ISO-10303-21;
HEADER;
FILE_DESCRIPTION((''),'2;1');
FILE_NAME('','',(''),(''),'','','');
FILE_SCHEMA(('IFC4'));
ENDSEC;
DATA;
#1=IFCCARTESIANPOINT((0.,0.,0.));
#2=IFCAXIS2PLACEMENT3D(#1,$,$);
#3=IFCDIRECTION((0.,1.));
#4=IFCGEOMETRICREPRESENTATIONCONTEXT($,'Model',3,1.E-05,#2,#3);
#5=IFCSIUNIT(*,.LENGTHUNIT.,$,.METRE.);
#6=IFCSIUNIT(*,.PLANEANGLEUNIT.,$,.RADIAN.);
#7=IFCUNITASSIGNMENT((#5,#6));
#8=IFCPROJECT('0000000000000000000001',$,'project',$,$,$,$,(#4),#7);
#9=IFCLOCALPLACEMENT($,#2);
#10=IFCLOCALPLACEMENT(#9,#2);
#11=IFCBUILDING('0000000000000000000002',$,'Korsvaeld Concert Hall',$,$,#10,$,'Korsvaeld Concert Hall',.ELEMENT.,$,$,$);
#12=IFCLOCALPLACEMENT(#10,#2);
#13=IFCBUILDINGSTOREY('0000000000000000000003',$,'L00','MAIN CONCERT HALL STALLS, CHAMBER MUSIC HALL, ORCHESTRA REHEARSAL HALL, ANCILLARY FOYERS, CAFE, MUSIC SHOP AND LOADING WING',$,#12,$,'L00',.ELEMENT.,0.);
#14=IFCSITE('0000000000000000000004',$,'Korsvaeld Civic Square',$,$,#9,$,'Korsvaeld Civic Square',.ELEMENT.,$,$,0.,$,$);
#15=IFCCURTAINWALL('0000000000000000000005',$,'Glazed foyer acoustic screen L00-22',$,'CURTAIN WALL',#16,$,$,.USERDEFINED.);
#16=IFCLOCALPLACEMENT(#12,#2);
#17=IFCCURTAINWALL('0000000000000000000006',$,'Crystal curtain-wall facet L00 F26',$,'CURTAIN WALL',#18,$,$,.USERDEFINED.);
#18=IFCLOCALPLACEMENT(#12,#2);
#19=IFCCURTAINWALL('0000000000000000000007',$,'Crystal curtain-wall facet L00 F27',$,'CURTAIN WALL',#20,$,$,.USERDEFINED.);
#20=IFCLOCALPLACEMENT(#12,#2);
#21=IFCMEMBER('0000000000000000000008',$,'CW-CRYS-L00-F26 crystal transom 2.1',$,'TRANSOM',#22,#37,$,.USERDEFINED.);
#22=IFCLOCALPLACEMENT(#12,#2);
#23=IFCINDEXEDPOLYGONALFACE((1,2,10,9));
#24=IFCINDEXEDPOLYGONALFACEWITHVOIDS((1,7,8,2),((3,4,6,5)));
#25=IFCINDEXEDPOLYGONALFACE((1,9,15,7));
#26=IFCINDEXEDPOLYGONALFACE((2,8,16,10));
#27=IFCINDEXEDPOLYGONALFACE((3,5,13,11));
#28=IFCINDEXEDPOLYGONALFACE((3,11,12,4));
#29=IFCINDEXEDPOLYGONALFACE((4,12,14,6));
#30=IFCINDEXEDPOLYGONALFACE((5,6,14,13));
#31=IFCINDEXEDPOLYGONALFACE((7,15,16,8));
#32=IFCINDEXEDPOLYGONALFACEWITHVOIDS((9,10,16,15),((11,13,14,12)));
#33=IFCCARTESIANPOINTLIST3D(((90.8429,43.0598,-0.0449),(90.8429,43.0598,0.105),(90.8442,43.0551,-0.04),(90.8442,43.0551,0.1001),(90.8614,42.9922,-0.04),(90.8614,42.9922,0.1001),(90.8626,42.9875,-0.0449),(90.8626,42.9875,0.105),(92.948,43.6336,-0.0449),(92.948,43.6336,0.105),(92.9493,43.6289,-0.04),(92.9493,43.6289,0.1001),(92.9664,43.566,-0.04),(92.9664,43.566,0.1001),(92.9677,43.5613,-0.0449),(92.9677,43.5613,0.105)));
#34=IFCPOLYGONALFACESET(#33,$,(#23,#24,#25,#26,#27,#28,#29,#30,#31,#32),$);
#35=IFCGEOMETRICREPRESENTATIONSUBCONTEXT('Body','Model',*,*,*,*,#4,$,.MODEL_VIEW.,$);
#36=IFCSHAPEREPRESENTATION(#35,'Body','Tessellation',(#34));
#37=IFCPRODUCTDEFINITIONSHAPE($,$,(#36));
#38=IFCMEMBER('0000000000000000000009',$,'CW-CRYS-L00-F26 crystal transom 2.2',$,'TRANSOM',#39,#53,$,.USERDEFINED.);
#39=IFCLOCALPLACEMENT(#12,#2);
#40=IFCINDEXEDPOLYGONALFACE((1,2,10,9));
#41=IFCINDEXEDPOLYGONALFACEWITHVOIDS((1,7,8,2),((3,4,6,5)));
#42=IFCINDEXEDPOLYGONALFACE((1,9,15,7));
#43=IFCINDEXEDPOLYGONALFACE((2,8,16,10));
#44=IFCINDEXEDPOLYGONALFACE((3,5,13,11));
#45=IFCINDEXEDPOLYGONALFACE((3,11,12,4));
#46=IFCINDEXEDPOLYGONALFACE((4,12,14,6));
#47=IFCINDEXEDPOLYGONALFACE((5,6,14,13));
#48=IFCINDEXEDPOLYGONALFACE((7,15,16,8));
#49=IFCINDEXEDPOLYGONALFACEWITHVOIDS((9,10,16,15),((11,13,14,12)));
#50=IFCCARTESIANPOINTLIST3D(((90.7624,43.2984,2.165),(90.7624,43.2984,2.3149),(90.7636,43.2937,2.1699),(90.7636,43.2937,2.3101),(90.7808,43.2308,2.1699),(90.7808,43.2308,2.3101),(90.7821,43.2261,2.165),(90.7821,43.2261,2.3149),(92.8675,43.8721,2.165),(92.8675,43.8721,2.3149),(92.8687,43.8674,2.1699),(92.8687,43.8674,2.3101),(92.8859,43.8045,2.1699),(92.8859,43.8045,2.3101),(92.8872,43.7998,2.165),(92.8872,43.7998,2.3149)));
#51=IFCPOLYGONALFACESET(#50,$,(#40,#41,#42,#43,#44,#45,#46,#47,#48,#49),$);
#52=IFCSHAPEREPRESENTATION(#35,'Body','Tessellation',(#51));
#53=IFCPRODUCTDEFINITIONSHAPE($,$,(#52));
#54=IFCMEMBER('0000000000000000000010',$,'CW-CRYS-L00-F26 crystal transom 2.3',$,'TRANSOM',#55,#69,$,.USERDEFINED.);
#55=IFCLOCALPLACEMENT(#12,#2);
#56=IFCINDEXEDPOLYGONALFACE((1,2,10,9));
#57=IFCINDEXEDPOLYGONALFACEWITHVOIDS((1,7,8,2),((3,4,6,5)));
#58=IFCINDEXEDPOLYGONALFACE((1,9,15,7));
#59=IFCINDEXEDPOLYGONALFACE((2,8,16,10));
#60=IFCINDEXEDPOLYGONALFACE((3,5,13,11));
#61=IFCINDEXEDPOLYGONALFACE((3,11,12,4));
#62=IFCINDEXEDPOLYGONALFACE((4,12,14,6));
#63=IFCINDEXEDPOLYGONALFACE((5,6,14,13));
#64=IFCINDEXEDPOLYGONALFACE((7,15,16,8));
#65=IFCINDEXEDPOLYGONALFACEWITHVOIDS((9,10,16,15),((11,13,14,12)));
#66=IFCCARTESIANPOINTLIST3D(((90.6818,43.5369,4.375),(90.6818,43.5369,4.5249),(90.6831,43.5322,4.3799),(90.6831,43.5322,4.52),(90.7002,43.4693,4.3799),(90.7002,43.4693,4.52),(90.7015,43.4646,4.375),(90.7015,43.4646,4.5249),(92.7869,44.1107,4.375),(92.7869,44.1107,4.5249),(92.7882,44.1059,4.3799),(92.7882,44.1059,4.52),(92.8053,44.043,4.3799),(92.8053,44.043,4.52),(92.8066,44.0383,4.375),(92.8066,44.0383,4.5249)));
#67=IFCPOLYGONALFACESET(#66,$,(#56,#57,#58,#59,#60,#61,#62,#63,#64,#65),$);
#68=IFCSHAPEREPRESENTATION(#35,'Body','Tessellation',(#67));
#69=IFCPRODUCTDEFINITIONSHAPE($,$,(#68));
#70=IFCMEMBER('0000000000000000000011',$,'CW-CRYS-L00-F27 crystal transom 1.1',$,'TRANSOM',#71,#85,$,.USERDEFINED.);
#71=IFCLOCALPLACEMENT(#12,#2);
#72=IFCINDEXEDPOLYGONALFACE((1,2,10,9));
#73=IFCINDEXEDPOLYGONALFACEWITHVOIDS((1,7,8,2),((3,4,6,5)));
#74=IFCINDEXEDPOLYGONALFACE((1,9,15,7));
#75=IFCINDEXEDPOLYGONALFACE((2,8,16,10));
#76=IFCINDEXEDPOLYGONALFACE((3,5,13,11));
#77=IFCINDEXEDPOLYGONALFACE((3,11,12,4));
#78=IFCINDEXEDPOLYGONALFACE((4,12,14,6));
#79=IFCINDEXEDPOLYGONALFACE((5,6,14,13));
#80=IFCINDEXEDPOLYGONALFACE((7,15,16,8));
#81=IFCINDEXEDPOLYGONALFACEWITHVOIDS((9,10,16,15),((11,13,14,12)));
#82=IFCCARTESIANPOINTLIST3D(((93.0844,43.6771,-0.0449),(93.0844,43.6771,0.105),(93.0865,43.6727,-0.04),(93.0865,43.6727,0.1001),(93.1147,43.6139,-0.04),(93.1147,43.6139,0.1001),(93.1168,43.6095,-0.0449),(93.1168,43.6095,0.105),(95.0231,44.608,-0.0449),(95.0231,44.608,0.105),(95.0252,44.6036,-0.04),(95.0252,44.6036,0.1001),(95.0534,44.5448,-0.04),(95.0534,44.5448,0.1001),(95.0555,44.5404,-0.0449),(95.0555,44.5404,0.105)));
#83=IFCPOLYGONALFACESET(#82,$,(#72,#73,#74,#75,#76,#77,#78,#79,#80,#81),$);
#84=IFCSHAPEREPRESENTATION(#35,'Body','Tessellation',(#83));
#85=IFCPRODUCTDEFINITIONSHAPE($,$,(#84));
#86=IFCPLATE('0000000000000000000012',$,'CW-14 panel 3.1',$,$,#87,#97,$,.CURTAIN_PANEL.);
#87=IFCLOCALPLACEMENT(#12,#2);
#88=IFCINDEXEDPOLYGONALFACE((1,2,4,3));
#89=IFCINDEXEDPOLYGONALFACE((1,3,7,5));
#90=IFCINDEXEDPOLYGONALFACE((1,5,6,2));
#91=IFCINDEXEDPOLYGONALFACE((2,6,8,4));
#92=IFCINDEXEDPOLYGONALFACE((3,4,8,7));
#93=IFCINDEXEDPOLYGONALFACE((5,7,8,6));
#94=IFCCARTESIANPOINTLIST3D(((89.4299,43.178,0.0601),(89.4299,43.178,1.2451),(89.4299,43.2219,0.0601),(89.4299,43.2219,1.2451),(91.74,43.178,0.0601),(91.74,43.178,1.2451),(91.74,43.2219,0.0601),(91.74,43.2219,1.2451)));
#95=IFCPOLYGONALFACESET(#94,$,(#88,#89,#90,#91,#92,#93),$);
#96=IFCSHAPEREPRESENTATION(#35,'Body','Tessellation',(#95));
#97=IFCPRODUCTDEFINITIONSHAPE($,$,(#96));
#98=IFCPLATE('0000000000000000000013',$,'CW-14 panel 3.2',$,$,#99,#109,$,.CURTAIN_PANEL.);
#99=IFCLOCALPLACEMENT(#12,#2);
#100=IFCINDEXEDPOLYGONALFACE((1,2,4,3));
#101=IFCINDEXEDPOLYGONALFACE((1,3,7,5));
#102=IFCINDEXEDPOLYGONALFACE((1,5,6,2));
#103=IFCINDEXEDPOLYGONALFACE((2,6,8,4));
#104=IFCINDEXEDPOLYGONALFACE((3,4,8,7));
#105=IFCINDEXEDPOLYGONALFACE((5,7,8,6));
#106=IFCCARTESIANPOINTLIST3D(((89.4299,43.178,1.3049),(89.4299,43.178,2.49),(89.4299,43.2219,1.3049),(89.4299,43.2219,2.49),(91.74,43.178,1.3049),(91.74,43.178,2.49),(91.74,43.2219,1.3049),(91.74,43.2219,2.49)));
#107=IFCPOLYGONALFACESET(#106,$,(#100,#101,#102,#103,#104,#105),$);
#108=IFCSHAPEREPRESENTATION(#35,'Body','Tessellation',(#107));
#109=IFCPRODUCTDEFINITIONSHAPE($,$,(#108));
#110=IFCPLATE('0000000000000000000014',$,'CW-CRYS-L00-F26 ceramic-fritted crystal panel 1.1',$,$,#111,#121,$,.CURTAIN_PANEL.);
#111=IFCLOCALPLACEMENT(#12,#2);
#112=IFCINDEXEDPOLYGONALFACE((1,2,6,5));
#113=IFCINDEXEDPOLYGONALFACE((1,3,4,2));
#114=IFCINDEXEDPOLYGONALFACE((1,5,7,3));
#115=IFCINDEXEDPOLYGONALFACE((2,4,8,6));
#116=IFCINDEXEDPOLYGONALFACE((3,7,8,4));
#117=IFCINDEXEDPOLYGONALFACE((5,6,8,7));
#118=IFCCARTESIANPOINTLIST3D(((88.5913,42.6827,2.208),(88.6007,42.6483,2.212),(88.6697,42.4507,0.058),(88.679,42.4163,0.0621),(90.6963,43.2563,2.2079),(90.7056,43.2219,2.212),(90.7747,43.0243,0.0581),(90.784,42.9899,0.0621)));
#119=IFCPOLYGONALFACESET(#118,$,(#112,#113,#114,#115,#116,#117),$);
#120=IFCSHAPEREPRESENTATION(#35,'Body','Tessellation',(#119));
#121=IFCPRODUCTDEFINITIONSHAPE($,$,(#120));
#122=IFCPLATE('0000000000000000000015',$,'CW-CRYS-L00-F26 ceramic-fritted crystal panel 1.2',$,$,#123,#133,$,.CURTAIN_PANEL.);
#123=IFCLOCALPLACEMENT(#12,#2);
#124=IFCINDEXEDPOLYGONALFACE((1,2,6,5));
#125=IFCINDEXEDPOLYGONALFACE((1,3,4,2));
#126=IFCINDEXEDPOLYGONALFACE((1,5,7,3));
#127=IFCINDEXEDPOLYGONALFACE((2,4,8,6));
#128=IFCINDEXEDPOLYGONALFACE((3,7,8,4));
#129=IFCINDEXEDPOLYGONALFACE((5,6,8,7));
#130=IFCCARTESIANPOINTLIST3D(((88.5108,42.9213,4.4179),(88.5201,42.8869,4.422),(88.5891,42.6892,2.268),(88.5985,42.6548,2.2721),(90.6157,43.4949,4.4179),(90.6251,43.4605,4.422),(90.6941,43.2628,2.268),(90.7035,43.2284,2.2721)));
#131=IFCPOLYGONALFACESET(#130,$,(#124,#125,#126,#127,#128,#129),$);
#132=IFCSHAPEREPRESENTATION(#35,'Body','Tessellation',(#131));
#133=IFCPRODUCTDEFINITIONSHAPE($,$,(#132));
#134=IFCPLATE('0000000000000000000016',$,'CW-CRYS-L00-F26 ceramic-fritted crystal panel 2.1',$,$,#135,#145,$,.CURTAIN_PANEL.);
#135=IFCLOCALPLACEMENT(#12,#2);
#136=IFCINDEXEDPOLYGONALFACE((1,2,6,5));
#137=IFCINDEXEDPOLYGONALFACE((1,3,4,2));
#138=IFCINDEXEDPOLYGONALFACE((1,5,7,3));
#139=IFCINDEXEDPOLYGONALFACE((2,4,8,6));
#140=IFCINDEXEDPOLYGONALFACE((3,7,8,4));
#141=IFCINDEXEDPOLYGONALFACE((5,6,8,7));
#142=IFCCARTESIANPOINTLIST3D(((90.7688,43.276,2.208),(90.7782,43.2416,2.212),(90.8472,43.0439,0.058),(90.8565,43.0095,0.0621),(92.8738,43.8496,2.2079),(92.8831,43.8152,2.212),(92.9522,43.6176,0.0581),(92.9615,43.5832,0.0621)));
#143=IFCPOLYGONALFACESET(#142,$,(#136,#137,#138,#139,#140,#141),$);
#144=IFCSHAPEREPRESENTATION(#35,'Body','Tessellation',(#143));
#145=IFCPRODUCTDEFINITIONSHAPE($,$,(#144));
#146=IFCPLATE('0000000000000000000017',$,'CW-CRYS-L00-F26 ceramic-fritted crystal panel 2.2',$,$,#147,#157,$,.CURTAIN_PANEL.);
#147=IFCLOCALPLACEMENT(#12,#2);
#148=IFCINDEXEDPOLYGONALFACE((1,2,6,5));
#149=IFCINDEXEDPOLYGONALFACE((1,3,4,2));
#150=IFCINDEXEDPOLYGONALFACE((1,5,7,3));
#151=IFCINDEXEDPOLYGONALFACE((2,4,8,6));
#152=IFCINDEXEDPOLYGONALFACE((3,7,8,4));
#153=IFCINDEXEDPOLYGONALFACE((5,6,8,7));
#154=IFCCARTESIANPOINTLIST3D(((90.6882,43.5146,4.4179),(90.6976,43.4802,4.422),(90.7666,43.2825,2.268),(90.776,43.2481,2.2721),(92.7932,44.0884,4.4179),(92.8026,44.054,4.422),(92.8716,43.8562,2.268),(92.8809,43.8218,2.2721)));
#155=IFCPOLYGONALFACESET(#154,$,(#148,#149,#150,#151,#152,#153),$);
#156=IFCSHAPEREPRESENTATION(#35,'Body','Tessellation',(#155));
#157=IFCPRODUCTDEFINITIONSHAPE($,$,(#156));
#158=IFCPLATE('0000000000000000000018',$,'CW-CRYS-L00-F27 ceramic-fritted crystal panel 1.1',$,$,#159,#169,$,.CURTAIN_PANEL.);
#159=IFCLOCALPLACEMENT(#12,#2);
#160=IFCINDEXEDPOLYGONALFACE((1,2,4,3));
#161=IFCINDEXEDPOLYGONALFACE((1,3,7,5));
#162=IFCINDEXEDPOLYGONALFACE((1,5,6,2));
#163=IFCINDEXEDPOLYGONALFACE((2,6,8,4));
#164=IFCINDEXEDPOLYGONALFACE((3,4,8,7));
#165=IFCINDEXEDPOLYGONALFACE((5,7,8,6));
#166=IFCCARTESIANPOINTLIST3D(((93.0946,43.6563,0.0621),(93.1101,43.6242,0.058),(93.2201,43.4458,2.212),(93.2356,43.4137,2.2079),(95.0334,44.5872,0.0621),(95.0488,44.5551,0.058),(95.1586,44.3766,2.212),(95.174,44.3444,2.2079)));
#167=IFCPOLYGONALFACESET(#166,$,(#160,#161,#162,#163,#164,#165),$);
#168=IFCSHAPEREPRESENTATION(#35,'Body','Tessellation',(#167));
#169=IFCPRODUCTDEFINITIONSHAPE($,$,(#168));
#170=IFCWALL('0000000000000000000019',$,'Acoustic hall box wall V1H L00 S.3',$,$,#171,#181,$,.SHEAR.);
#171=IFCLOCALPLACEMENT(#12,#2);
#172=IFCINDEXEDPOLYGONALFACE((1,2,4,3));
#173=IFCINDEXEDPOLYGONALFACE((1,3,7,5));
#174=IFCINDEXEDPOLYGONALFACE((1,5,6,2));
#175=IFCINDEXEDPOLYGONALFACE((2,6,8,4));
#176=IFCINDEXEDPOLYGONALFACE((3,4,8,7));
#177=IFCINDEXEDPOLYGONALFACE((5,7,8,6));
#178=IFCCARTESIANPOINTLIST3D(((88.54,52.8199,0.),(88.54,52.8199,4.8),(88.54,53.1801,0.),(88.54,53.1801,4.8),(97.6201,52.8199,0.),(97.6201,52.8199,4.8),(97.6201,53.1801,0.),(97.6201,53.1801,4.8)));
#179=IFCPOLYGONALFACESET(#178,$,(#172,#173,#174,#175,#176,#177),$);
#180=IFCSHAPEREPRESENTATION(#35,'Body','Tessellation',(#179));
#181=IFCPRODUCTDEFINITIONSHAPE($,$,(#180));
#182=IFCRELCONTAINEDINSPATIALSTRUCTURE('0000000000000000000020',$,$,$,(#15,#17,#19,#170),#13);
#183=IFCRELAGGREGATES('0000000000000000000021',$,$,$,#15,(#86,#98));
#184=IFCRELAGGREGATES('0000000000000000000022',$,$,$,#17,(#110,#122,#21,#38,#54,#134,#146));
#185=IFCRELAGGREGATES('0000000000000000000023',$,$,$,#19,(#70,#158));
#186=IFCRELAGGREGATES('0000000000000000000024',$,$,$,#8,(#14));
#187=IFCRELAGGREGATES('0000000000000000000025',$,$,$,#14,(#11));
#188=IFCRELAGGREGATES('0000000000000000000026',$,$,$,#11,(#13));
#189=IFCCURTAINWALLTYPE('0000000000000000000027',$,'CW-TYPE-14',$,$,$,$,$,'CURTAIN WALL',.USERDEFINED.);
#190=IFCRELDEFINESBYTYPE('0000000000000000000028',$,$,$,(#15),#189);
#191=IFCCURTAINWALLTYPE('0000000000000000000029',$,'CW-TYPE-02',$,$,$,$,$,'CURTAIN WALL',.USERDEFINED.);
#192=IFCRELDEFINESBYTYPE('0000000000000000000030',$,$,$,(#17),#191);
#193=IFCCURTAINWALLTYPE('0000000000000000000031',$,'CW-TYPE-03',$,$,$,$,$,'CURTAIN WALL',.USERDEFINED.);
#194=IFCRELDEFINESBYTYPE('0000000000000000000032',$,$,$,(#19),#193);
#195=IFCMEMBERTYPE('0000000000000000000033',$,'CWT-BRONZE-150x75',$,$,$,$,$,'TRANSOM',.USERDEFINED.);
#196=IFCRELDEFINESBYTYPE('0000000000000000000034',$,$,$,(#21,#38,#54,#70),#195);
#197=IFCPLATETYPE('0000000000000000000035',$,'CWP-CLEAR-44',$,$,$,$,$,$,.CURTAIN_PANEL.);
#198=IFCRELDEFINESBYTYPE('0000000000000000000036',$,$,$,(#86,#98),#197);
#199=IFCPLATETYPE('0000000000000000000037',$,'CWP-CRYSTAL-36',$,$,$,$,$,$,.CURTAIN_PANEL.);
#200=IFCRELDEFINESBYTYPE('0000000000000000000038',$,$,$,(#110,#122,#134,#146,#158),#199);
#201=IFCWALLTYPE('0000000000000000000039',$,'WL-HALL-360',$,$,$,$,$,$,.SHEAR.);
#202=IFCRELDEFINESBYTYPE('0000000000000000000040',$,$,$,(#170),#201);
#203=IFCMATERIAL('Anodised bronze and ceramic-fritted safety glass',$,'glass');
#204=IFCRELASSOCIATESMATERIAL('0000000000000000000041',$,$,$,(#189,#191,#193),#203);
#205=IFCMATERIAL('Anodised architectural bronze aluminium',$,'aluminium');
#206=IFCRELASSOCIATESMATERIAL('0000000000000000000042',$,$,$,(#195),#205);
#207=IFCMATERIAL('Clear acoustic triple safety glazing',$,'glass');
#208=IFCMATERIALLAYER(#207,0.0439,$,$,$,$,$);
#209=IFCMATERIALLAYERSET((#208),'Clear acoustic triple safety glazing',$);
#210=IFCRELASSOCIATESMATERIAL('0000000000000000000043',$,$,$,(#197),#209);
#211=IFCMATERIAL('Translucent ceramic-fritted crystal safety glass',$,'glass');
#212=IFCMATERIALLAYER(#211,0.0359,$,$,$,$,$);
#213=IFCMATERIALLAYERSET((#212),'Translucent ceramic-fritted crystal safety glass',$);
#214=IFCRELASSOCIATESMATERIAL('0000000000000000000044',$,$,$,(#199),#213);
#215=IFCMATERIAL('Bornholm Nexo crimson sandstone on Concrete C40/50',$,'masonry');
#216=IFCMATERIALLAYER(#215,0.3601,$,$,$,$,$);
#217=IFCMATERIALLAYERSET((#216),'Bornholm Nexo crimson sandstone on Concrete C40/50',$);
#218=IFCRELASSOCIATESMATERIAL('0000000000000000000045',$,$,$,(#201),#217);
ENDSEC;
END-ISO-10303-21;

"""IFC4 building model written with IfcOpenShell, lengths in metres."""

from ifc_helpers import new_model, si_unit, direction, frame, frame_2d, origin, origin_2d, place, context, subcontext, project, spatial, polyline, rectangle, hollow_rectangle, outline, extrude, material, layer, layer_set, material_profile, profile_set, type_object, element, aggregate, save


model = new_model("IFC4")

# Units and contexts
model_context = context("Model", 3, precision=1e-05, world=origin(), true_north=direction((0.0, 1.0)))
body_context = subcontext(model_context, "Body", "Model", "MODEL_VIEW")
ifc_project = project(units=[si_unit("LENGTHUNIT", "METRE"), si_unit("PLANEANGLEUNIT", "RADIAN")], contexts=[model_context])

# Site, building, storey
site_placement = place(None, origin())
site = spatial("IfcSite", under=ifc_project, at=site_placement, Name="Korsvaeld Civic Square", LongName="Korsvaeld Civic Square", CompositionType="ELEMENT", RefElevation=0.0)
building_placement = place(site_placement, origin())
building = spatial("IfcBuilding", under=site, at=building_placement, Name="Korsvaeld Concert Hall", LongName="Korsvaeld Concert Hall", CompositionType="ELEMENT")
storey_placement = place(building_placement, origin())
storey = spatial("IfcBuildingStorey", under=building, at=storey_placement, Name="L00", Description="MAIN CONCERT HALL STALLS, CHAMBER MUSIC HALL, ORCHESTRA REHEARSAL HALL, ANCILLARY FOYERS, CAFE, MUSIC SHOP AND LOADING WING", LongName="L00", CompositionType="ELEMENT", Elevation=0.0)

# Curtain wall
ifc_material_1 = material(Name="Anodised bronze and ceramic-fritted safety glass", Category="glass")
curtain_wall_type_1 = type_object("IfcCurtainWallType", Name="CW-TYPE-14", ElementType="CURTAIN WALL", PredefinedType="USERDEFINED", material=ifc_material_1)
curtain_wall_1_placement = place(storey_placement, origin())
curtain_wall_1 = element("IfcCurtainWall", 1, at=curtain_wall_1_placement, inside=storey, type_object=curtain_wall_type_1, Name="Glazed foyer acoustic screen L00-22", ObjectType="CURTAIN WALL", PredefinedType="USERDEFINED")
ifc_material_2 = material(Name="Anodised architectural bronze aluminium", Category="aluminium")

# Curtain wall
curtain_wall_type_2 = type_object("IfcCurtainWallType", Name="CW-TYPE-02", ElementType="CURTAIN WALL", PredefinedType="USERDEFINED", material=ifc_material_1)
curtain_wall_2_placement = place(storey_placement, origin())
curtain_wall_2 = element("IfcCurtainWall", 2, at=curtain_wall_2_placement, inside=storey, type_object=curtain_wall_type_2, Name="Crystal curtain-wall facet L00 F26", ObjectType="CURTAIN WALL", PredefinedType="USERDEFINED")

# Curtain wall
curtain_wall_type_3 = type_object("IfcCurtainWallType", Name="CW-TYPE-03", ElementType="CURTAIN WALL", PredefinedType="USERDEFINED", material=ifc_material_1)
curtain_wall_3_placement = place(storey_placement, origin())
curtain_wall_3 = element("IfcCurtainWall", 3, at=curtain_wall_3_placement, inside=storey, type_object=curtain_wall_type_3, Name="Crystal curtain-wall facet L00 F27", ObjectType="CURTAIN WALL", PredefinedType="USERDEFINED")

# Members
ifc_material_profile_1 = material_profile(ifc_material_2, hollow_rectangle(XDim=0.075, YDim=0.1499, WallThickness=0.0049, at=origin_2d()), Name="CWT 150x75x5")
ifc_profile_set_1 = profile_set([ifc_material_profile_1], Name="Anodised architectural bronze aluminium")
member_type_1 = type_object("IfcMemberType", Name="CWT-BRONZE-150x75", ElementType="TRANSOM", PredefinedType="USERDEFINED", material=ifc_profile_set_1)
member_1_placement = place(storey_placement, frame((90.8528, 43.0237, 0.03), z_axis=(0.964805, 0.262966, 0.0), x_axis=(-0.262966, 0.964805, 0.0)))
member_1 = element("IfcMember", 4, at=member_1_placement, type_object=member_type_1, Name="CW-CRYS-L00-F26 crystal transom 2.1", ObjectType="TRANSOM", PredefinedType="USERDEFINED", context=body_context, shape_type="SweptSolid", body=[
    extrude(hollow_rectangle(XDim=0.075, YDim=0.1499, WallThickness=0.0049, at=origin_2d()), origin(), (0.0, 0.0, 1.0), 2.1819),
])
member_2_placement = place(storey_placement, frame((90.7722, 43.2622, 2.24), z_axis=(0.964805, 0.262966, 0.0), x_axis=(-0.262966, 0.964805, 0.0)))
member_2 = element("IfcMember", 5, at=member_2_placement, type_object=member_type_1, Name="CW-CRYS-L00-F26 crystal transom 2.2", ObjectType="TRANSOM", PredefinedType="USERDEFINED", context=body_context, shape_type="SweptSolid", body=[
    extrude(hollow_rectangle(XDim=0.075, YDim=0.1499, WallThickness=0.0049, at=origin_2d()), origin(), (0.0, 0.0, 1.0), 2.1819),
])
member_3_placement = place(storey_placement, frame((90.6917, 43.5007, 4.45), z_axis=(0.964805, 0.262966, 0.0), x_axis=(-0.262966, 0.964805, 0.0)))
member_3 = element("IfcMember", 6, at=member_3_placement, type_object=member_type_1, Name="CW-CRYS-L00-F26 crystal transom 2.3", ObjectType="TRANSOM", PredefinedType="USERDEFINED", context=body_context, shape_type="SweptSolid", body=[
    extrude(hollow_rectangle(XDim=0.075, YDim=0.1499, WallThickness=0.0049, at=origin_2d()), origin(), (0.0, 0.0, 1.0), 2.1819),
])
member_4_placement = place(storey_placement, frame((93.1006, 43.6433, 0.03), z_axis=(0.901465, 0.432853, 0.0), x_axis=(-0.432853, 0.901465, 0.0)))
member_4 = element("IfcMember", 7, at=member_4_placement, type_object=member_type_1, Name="CW-CRYS-L00-F27 crystal transom 1.1", ObjectType="TRANSOM", PredefinedType="USERDEFINED", context=body_context, shape_type="SweptSolid", body=[
    extrude(hollow_rectangle(XDim=0.075, YDim=0.1499, WallThickness=0.0049, at=origin_2d()), origin(), (0.0, 0.0, 1.0), 2.1506),
])

# Plates
ifc_material_3 = material(Name="Clear acoustic triple safety glazing", Category="glass")
ifc_layer_1 = layer(ifc_material_3, 0.0439)
ifc_layer_set_1 = layer_set([ifc_layer_1], Name="Clear acoustic triple safety glazing")
plate_type_1 = type_object("IfcPlateType", Name="CWP-CLEAR-44", PredefinedType="CURTAIN_PANEL", material=ifc_layer_set_1)
plate_1_placement = place(storey_placement, frame((90.585, 43.2, 0.0601), z_axis=(0.0, 0.0, 1.0), x_axis=(1.0, 0.0, 0.0)))
plate_1 = element("IfcPlate", 8, at=plate_1_placement, type_object=plate_type_1, Name="CW-14 panel 3.1", PredefinedType="CURTAIN_PANEL", context=body_context, shape_type="SweptSolid", body=[
    extrude(rectangle(XDim=2.3101, YDim=0.0439, at=origin_2d()), origin(), (0.0, 0.0, 1.0), 1.1851),
])
plate_2_placement = place(storey_placement, frame((90.585, 43.2, 1.3049), z_axis=(0.0, 0.0, 1.0), x_axis=(1.0, 0.0, 0.0)))
plate_2 = element("IfcPlate", 9, at=plate_2_placement, type_object=plate_type_1, Name="CW-14 panel 3.2", PredefinedType="CURTAIN_PANEL", context=body_context, shape_type="SweptSolid", body=[
    extrude(rectangle(XDim=2.3101, YDim=0.0439, at=origin_2d()), origin(), (0.0, 0.0, 1.0), 1.1851),
])
aggregate(curtain_wall_1, [plate_1, plate_2])
ifc_material_4 = material(Name="Translucent ceramic-fritted crystal safety glass", Category="glass")
ifc_layer_2 = layer(ifc_material_4, 0.0359)
ifc_layer_set_2 = layer_set([ifc_layer_2], Name="Translucent ceramic-fritted crystal safety glass")
plate_type_2 = type_object("IfcPlateType", Name="CWP-CRYSTAL-36", PredefinedType="CURTAIN_PANEL", material=ifc_layer_set_2)
plate_3_placement = place(storey_placement, frame((88.6743, 42.4336, 0.0601), z_axis=(0.26123, -0.95864, 0.112996), x_axis=(0.964819, 0.262914, 0.000006)))
plate_3 = element("IfcPlate", 10, at=plate_3_placement, type_object=plate_type_2, Name="CW-CRYS-L00-F26 ceramic-fritted crystal panel 1.1", PredefinedType="CURTAIN_PANEL", context=body_context, shape_type="SweptSolid", body=[
    extrude(outline(polyline([(0.0, 0.0), (2.1818, 0.0), (2.1671, 2.1637), (-0.0146, 2.1638), (0.0, 0.0)])), frame((0.0, 0.0, 0.0181)), (0.0, 0.0, -1.0), 0.0359),
])
plate_4_placement = place(storey_placement, frame((88.5938, 42.6721, 2.27), z_axis=(0.26123, -0.95864, 0.112996), x_axis=(0.964819, 0.262914, 0.000006)))
plate_4 = element("IfcPlate", 11, at=plate_4_placement, type_object=plate_type_2, Name="CW-CRYS-L00-F26 ceramic-fritted crystal panel 1.2", PredefinedType="CURTAIN_PANEL", context=body_context, shape_type="SweptSolid", body=[
    extrude(outline(polyline([(0.0, 0.0), (2.1818, 0.0), (2.1671, 2.1637), (-0.0146, 2.1638), (0.0, 0.0)])), frame((0.0, 0.0, 0.0181)), (0.0, 0.0, -1.0), 0.0359),
])
plate_5_placement = place(storey_placement, frame((90.8518, 43.0269, 0.0601), z_axis=(0.26123, -0.95864, 0.112996), x_axis=(0.964819, 0.262914, 0.000006)))
plate_5 = element("IfcPlate", 12, at=plate_5_placement, type_object=plate_type_2, Name="CW-CRYS-L00-F26 ceramic-fritted crystal panel 2.1", PredefinedType="CURTAIN_PANEL", context=body_context, shape_type="SweptSolid", body=[
    extrude(outline(polyline([(0.0, 0.0), (2.1818, 0.0), (2.1671, 2.1637), (-0.0146, 2.1638), (0.0, 0.0)])), frame((0.0, 0.0, 0.0181)), (0.0, 0.0, -1.0), 0.0359),
])
plate_6_placement = place(storey_placement, frame((90.7712, 43.2654, 2.27), z_axis=(0.26128, -0.95862, 0.11305), x_axis=(0.964805, 0.262966, 0.0)))
plate_6 = element("IfcPlate", 13, at=plate_6_placement, type_object=plate_type_2, Name="CW-CRYS-L00-F26 ceramic-fritted crystal panel 2.2", PredefinedType="CURTAIN_PANEL", context=body_context, shape_type="SweptSolid", body=[
    extrude(outline(polyline([(0.0, 0.0), (2.1818, 0.0), (2.1672, 2.1638), (-0.0146, 2.1638), (0.0, 0.0)])), frame((0.0, 0.0, 0.0181)), (0.0, 0.0, -1.0), 0.0359),
])
aggregate(curtain_wall_2, [plate_3, plate_4, member_1, member_2, member_3, plate_5, plate_6])
plate_7_placement = place(storey_placement, frame((93.1023, 43.6404, 0.0601), z_axis=(0.430066, -0.895722, -0.112809), x_axis=(0.901476, 0.432829, -0.000003)))
plate_7 = element("IfcPlate", 14, at=plate_7_placement, type_object=plate_type_2, Name="CW-CRYS-L00-F27 ceramic-fritted crystal panel 1.1", PredefinedType="CURTAIN_PANEL", context=body_context, shape_type="SweptSolid", body=[
    extrude(outline(polyline([(0.0, 0.0), (2.1506, 0.0), (2.1723, 2.1637), (0.022, 2.1637), (0.0, 0.0)])), frame((0.0, 0.0, 0.0181)), (0.0, 0.0, -1.0), 0.0359),
])
aggregate(curtain_wall_3, [member_4, plate_7])

# Wall
ifc_material_5 = material(Name="Bornholm Nexo crimson sandstone on Concrete C40/50", Category="masonry")
ifc_layer_3 = layer(ifc_material_5, 0.3601)
ifc_layer_set_3 = layer_set([ifc_layer_3], Name="Bornholm Nexo crimson sandstone on Concrete C40/50")
wall_type = type_object("IfcWallType", Name="WL-HALL-360", PredefinedType="SHEAR", material=ifc_layer_set_3)
wall_placement = place(storey_placement, frame((88.54, 53.0, 0.0), z_axis=(0.0, 0.0, 1.0), x_axis=(1.0, 0.0, 0.0)))
element("IfcWall", 15, at=wall_placement, inside=storey, type_object=wall_type, Name="Acoustic hall box wall V1H L00 S.3", PredefinedType="SHEAR", context=body_context, shape_type="SweptSolid", body=[
    extrude(rectangle(XDim=9.0801, YDim=0.3601, at=frame_2d((4.54, 0.0))), origin(), (0.0, 0.0, 1.0), 4.8),
])

save(model, "model.ifc")
